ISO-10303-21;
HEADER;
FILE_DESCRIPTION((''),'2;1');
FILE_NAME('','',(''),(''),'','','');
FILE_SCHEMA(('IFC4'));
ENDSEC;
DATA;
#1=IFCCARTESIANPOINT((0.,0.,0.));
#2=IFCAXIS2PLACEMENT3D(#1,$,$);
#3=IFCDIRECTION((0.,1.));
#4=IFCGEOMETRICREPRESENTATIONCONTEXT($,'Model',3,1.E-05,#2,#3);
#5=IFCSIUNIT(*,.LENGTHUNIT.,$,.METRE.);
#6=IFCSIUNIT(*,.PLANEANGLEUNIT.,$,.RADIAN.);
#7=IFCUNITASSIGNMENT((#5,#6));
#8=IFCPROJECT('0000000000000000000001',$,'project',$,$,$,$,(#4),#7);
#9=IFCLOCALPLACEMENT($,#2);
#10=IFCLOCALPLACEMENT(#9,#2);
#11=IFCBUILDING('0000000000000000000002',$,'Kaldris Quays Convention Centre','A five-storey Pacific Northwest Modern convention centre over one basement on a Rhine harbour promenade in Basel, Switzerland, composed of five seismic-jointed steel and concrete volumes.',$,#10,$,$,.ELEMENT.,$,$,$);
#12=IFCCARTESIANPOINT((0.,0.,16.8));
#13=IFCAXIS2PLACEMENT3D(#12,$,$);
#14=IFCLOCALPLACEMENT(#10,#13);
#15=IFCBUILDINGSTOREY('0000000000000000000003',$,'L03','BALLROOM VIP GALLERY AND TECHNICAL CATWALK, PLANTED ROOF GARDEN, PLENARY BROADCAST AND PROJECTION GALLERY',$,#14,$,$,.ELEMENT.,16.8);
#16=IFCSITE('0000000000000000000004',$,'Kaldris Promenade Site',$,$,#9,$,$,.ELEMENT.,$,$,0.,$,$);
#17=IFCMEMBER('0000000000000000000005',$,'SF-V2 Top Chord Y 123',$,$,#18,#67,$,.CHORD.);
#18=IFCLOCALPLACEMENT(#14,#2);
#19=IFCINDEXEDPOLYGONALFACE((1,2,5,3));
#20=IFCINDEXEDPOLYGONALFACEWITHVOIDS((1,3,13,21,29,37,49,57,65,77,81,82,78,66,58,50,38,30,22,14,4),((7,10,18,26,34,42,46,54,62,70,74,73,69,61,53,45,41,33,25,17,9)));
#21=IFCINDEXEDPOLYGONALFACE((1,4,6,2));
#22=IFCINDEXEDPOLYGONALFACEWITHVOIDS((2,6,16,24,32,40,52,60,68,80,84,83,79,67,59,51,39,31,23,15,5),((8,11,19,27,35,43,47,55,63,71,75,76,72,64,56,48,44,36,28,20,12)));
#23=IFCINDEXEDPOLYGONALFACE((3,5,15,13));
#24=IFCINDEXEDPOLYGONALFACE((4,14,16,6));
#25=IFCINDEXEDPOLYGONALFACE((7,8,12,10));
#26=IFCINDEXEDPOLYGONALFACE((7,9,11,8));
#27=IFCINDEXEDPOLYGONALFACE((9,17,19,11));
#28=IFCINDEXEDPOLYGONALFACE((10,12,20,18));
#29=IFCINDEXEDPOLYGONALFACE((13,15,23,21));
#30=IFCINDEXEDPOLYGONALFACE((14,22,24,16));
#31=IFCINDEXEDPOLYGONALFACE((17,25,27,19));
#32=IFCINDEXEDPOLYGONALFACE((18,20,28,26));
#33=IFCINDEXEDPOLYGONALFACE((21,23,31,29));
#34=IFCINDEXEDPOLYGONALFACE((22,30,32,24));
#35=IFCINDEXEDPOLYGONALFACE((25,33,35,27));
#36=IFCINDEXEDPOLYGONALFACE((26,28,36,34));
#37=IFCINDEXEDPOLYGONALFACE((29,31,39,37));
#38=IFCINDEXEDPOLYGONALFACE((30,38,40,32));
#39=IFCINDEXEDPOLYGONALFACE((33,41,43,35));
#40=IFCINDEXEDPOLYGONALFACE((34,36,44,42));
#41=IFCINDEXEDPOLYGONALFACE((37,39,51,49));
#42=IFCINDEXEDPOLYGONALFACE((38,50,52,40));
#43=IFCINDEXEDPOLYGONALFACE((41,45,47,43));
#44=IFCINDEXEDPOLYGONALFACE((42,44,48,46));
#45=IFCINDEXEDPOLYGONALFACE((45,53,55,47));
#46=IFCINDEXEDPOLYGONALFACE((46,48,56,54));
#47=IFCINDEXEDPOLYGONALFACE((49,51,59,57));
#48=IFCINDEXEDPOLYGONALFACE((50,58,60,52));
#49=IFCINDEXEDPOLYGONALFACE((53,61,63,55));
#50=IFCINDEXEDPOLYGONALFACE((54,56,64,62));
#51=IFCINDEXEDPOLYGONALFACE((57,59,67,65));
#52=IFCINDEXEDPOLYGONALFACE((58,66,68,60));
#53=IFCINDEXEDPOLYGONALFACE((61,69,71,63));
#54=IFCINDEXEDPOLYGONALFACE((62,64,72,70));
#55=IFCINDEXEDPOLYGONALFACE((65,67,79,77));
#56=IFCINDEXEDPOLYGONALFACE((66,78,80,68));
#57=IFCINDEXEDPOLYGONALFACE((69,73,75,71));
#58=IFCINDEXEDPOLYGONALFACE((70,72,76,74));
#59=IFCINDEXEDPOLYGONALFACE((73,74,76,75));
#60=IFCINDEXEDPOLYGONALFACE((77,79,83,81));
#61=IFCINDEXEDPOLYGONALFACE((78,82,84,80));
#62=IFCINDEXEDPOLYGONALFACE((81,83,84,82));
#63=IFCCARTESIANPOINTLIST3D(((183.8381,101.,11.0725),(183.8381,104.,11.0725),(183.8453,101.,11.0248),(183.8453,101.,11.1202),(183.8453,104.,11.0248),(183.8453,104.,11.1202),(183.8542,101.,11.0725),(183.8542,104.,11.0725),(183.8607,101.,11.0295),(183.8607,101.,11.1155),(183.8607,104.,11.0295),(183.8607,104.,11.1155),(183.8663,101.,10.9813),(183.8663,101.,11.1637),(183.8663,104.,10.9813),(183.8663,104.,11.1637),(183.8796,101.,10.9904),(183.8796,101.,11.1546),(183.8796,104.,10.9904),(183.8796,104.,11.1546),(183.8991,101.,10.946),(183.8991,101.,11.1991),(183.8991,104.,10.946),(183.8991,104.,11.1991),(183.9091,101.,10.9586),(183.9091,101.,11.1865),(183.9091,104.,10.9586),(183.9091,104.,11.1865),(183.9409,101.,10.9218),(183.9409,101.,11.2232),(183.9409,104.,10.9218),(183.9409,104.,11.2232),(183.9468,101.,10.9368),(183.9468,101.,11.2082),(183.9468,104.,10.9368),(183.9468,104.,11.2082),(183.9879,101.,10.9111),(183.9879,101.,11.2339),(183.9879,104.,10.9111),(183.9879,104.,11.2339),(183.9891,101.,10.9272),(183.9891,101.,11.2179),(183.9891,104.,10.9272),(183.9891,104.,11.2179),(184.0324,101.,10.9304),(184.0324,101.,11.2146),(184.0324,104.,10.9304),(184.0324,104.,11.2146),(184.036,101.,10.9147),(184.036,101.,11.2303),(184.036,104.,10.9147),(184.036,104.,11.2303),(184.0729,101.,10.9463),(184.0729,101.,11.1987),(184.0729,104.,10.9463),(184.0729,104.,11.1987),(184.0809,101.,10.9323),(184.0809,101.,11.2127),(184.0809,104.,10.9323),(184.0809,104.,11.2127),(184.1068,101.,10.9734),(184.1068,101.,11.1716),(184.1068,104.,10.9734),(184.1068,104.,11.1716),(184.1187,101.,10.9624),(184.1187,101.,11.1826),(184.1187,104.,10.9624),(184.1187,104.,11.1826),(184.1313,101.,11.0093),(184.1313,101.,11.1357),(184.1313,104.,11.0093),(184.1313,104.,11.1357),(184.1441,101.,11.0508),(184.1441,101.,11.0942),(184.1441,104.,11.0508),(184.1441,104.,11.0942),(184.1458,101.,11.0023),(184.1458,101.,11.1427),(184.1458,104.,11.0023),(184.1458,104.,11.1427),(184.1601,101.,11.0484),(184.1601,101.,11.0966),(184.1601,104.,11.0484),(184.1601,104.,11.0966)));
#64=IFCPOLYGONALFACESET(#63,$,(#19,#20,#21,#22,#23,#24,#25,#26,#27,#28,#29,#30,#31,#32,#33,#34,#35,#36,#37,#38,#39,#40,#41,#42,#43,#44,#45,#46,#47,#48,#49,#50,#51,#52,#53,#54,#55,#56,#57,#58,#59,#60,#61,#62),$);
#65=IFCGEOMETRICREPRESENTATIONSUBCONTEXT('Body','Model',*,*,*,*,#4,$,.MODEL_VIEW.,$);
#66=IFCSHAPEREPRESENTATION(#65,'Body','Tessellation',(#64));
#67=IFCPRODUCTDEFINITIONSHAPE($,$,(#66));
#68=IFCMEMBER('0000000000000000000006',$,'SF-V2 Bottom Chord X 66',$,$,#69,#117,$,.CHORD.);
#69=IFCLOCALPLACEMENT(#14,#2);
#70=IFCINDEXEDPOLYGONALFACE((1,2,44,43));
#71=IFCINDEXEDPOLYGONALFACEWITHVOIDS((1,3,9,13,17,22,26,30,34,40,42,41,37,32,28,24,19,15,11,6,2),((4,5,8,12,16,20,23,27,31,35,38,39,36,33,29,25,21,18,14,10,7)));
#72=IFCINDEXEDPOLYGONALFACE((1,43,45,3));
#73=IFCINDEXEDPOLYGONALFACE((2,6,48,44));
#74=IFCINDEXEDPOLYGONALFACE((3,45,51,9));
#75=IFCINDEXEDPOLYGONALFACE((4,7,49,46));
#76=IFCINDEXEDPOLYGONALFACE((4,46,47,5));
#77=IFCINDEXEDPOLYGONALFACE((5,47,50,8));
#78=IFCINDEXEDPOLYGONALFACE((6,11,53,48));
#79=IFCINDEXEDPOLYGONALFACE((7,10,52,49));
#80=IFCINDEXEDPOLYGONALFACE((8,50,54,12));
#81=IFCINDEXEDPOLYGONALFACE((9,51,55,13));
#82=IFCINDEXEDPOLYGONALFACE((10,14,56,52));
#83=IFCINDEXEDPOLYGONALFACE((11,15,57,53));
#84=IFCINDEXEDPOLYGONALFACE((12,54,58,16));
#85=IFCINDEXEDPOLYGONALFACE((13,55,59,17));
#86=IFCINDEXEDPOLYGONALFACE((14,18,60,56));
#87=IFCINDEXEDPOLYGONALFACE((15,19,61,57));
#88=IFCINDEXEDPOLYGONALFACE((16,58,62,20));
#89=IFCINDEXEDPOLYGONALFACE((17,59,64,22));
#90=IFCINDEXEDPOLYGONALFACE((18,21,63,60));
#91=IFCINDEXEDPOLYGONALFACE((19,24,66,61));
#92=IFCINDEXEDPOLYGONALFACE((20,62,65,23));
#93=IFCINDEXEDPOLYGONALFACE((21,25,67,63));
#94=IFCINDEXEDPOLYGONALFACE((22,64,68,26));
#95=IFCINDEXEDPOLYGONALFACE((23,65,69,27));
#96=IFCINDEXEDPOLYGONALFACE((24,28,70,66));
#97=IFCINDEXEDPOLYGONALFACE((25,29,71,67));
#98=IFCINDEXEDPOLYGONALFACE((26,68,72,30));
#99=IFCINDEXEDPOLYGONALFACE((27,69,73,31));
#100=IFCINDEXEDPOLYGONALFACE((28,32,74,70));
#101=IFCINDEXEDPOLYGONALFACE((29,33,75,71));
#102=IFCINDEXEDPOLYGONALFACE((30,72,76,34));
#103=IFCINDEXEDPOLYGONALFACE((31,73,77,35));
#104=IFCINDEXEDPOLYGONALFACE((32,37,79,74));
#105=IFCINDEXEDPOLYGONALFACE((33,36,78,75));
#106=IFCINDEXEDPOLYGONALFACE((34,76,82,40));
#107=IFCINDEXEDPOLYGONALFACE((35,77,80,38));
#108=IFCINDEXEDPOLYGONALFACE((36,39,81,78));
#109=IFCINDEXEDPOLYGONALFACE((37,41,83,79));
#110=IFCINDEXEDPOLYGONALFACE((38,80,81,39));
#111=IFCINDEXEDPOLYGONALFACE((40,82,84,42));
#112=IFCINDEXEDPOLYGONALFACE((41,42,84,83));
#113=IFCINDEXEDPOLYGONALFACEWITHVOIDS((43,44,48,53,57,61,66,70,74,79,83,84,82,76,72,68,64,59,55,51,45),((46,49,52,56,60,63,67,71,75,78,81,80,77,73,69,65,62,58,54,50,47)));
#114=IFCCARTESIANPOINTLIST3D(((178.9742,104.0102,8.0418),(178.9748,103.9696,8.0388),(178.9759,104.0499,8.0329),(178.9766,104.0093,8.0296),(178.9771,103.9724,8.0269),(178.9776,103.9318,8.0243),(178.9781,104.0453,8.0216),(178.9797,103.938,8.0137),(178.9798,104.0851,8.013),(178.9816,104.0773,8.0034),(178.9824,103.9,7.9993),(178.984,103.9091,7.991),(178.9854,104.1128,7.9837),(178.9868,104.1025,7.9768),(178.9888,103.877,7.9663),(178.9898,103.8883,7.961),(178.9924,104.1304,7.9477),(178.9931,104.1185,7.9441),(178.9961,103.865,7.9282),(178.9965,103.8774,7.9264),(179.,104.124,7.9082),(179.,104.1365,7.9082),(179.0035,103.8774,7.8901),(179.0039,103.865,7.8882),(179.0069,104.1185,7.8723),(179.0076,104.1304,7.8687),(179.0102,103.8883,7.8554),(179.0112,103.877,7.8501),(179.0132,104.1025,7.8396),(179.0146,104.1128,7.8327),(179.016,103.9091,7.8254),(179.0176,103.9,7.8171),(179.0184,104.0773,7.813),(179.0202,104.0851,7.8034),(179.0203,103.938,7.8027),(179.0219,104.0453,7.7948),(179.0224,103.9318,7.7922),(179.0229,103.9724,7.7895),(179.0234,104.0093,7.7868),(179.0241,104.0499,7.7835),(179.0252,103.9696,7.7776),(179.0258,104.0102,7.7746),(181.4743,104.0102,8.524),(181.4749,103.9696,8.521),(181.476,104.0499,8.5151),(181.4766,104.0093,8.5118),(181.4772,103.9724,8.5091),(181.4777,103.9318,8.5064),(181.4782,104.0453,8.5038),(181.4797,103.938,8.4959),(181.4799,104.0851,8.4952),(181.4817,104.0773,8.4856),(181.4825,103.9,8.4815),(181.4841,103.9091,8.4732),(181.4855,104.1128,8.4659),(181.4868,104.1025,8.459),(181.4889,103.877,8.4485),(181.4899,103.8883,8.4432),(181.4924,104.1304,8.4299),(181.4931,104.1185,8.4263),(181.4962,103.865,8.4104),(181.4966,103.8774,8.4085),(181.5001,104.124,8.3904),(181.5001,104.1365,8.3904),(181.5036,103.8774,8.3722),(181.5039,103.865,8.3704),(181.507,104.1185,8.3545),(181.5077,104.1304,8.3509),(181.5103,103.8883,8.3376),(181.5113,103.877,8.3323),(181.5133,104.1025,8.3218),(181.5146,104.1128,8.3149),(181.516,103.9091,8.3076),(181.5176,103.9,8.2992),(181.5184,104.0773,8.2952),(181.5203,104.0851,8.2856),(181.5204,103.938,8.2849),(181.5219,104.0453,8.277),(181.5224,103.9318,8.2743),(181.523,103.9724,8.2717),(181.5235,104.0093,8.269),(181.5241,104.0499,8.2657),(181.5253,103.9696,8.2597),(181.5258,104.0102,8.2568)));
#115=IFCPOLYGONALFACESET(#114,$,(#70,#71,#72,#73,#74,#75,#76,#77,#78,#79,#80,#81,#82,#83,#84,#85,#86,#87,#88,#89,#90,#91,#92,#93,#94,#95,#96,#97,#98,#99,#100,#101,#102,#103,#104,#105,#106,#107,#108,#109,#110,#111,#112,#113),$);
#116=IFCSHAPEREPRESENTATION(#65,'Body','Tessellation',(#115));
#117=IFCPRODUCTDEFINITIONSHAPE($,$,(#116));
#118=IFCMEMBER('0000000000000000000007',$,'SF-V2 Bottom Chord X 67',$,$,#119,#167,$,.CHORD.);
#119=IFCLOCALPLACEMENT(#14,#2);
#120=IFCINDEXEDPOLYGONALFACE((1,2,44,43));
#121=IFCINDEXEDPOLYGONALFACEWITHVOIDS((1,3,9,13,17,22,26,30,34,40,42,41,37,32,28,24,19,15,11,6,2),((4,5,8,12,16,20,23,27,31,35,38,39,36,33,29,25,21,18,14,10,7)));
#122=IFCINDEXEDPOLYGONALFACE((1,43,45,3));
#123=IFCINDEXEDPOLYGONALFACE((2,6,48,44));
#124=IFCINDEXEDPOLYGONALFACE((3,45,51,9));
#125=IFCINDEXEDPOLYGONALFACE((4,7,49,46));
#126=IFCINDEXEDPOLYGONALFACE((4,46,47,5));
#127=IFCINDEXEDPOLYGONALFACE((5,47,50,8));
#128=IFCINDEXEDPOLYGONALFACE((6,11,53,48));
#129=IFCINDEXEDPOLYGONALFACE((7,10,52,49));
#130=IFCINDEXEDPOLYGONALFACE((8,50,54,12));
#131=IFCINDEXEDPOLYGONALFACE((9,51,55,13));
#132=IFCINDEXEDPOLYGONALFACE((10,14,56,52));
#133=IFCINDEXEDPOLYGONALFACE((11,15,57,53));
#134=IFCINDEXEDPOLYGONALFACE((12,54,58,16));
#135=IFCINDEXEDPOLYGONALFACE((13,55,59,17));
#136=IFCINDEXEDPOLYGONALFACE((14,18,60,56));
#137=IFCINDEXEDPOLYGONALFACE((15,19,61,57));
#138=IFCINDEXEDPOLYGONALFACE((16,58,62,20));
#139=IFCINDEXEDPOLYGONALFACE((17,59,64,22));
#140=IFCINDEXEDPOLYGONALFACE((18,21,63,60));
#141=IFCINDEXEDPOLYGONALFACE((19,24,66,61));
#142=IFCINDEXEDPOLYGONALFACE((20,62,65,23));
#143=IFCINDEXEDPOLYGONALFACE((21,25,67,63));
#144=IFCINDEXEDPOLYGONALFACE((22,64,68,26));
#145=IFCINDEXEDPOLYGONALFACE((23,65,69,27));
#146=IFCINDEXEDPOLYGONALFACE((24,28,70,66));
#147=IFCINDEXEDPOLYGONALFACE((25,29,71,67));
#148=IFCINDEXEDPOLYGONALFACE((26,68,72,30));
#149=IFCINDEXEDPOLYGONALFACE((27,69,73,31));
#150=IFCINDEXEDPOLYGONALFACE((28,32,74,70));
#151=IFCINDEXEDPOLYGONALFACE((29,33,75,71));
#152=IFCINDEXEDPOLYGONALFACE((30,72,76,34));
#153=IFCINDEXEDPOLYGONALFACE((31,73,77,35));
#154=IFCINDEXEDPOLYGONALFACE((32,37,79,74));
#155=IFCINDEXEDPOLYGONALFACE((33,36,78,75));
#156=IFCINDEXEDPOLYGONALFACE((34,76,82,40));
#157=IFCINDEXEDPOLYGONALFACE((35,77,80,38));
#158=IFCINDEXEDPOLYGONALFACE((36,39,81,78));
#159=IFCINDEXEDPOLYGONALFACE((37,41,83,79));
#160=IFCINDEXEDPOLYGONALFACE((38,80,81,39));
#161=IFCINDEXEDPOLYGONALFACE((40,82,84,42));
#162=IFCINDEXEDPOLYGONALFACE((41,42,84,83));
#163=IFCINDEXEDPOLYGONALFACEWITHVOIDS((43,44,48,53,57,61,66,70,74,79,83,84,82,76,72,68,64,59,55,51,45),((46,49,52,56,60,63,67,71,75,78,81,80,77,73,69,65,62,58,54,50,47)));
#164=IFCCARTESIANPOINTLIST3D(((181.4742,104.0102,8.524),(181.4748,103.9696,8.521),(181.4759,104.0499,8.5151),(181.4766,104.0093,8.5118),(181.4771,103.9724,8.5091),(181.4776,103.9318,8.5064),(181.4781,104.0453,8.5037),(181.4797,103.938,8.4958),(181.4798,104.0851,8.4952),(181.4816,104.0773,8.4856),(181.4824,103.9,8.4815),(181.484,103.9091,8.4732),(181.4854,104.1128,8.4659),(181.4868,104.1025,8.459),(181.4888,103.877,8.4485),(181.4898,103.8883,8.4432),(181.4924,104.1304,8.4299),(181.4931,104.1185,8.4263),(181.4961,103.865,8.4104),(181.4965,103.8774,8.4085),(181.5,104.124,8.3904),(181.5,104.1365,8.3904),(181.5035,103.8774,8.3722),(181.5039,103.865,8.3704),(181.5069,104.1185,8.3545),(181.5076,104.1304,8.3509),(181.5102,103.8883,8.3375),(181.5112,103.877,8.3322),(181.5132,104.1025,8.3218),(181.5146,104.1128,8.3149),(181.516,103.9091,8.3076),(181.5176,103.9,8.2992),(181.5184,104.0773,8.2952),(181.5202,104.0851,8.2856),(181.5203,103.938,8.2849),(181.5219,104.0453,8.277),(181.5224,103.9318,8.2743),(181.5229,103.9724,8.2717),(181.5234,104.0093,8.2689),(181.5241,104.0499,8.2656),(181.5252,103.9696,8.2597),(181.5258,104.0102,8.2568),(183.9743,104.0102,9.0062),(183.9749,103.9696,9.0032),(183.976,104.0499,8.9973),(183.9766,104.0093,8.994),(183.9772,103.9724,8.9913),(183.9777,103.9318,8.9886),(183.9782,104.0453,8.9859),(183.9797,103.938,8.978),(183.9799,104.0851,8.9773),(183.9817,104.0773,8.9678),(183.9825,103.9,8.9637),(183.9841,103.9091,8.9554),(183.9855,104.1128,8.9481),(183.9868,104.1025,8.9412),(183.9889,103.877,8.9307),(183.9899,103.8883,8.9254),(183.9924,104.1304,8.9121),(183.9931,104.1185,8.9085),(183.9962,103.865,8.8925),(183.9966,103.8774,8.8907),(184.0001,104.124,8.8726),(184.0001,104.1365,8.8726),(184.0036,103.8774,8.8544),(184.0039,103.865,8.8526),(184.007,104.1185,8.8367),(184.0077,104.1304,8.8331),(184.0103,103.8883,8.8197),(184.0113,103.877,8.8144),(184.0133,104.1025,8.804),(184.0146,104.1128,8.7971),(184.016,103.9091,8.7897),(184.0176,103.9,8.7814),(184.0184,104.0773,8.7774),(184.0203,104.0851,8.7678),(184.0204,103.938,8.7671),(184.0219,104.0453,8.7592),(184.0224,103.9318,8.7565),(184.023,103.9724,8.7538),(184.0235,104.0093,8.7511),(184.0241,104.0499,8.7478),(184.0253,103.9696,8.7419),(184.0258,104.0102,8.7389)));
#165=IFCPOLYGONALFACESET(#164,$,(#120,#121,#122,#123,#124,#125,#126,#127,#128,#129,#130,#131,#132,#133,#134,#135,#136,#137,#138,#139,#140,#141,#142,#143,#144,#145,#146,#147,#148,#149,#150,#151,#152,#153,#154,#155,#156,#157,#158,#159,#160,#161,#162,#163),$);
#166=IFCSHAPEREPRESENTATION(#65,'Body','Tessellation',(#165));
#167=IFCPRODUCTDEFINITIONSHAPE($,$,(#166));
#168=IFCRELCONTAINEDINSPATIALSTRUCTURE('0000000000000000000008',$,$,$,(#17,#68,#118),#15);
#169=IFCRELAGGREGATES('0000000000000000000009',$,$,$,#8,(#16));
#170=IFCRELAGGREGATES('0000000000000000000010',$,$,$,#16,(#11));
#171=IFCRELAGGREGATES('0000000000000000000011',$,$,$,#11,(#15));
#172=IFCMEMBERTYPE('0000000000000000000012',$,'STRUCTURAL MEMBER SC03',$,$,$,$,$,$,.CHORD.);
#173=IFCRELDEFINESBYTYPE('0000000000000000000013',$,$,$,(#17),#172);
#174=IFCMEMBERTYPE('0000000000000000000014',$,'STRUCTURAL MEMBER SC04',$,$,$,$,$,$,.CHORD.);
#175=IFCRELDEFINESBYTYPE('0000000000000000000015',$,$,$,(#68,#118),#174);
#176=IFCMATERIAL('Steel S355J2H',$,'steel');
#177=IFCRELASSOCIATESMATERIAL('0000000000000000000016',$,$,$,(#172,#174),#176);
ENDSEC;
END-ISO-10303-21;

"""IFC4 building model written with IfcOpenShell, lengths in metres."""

from ifc_helpers import new_model, si_unit, direction, frame, origin, origin_2d, place, context, subcontext, project, spatial, hollow_circle, extrude, material, material_profile, profile_set, type_object, element, save


model = new_model("IFC4")

# Units and contexts
model_context = context("Model", 3, precision=1e-05, world=origin(), true_north=direction((0.0, 1.0)))
body_context = subcontext(model_context, "Body", "Model", "MODEL_VIEW")
ifc_project = project(units=[si_unit("LENGTHUNIT", "METRE"), si_unit("PLANEANGLEUNIT", "RADIAN")], contexts=[model_context])

# Site, building, storey
site_placement = place(None, origin())
site = spatial("IfcSite", under=ifc_project, at=site_placement, Name="Kaldris Promenade Site", CompositionType="ELEMENT", RefElevation=0.0)
building_placement = place(site_placement, origin())
building = spatial("IfcBuilding", under=site, at=building_placement, Name="Kaldris Quays Convention Centre", Description="A five-storey Pacific Northwest Modern convention centre over one basement on a Rhine harbour promenade in Basel, Switzerland, composed of five seismic-jointed steel and concrete volumes.", CompositionType="ELEMENT")
storey_placement = place(building_placement, frame((0.0, 0.0, 16.8)))
storey = spatial("IfcBuildingStorey", under=building, at=storey_placement, Name="L03", Description="BALLROOM VIP GALLERY AND TECHNICAL CATWALK, PLANTED ROOF GARDEN, PLENARY BROADCAST AND PROJECTION GALLERY", CompositionType="ELEMENT", Elevation=16.8)

# Members
ifc_material_1 = material(Name="Steel S355J2H", Category="steel")
ifc_material_profile_1 = material_profile(ifc_material_1, hollow_circle(Radius=0.1619, WallThickness=0.0161, at=origin_2d()), Name="CHS 323.9x16")
ifc_profile_set_1 = profile_set([ifc_material_profile_1], Name="Steel S355J2H")
member_type_1 = type_object("IfcMemberType", Name="STRUCTURAL MEMBER SC03", PredefinedType="CHORD", material=ifc_profile_set_1)
member_1_placement = place(storey_placement, frame((184.0, 101.0, 11.0725), z_axis=(0.0, 1.0, 0.0), x_axis=(-1.0, 0.0, 0.0)))
element("IfcMember", 1, at=member_1_placement, inside=storey, type_object=member_type_1, Name="SF-V2 Top Chord Y 123", PredefinedType="CHORD", context=body_context, shape_type="SweptSolid", body=[
    extrude(hollow_circle(Radius=0.1619, WallThickness=0.0161, at=origin_2d()), origin(), (0.0, 0.0, 1.0), 3.0),
])
ifc_material_profile_2 = material_profile(ifc_material_1, hollow_circle(Radius=0.1365, WallThickness=0.0125, at=origin_2d()), Name="CHS 273x12.5")
ifc_profile_set_2 = profile_set([ifc_material_profile_2], Name="Steel S355J2H")
member_type_2 = type_object("IfcMemberType", Name="STRUCTURAL MEMBER SC04", PredefinedType="CHORD", material=ifc_profile_set_2)
for number, where, z_axis, x_axis, name in (
    (2, (179.0, 104.0, 7.9082), (0.981904, 0.0, 0.189381), (0.0, 1.0, 0.0), "SF-V2 Bottom Chord X 66"),
    (3, (181.5, 104.0, 8.3904), (0.981904, 0.0, 0.189381), (0.0, 1.0, 0.0), "SF-V2 Bottom Chord X 67"),
):
    element("IfcMember", number, at=place(storey_placement, frame(where, z_axis=z_axis, x_axis=x_axis)), inside=storey, type_object=member_type_2, Name=name, PredefinedType="CHORD", context=body_context, shape_type="SweptSolid", body=[
        extrude(hollow_circle(Radius=0.1365, WallThickness=0.0125, at=origin_2d()), origin(), (0.0, 0.0, 1.0), 2.5461),
    ])

save(model, "model.ifc")
